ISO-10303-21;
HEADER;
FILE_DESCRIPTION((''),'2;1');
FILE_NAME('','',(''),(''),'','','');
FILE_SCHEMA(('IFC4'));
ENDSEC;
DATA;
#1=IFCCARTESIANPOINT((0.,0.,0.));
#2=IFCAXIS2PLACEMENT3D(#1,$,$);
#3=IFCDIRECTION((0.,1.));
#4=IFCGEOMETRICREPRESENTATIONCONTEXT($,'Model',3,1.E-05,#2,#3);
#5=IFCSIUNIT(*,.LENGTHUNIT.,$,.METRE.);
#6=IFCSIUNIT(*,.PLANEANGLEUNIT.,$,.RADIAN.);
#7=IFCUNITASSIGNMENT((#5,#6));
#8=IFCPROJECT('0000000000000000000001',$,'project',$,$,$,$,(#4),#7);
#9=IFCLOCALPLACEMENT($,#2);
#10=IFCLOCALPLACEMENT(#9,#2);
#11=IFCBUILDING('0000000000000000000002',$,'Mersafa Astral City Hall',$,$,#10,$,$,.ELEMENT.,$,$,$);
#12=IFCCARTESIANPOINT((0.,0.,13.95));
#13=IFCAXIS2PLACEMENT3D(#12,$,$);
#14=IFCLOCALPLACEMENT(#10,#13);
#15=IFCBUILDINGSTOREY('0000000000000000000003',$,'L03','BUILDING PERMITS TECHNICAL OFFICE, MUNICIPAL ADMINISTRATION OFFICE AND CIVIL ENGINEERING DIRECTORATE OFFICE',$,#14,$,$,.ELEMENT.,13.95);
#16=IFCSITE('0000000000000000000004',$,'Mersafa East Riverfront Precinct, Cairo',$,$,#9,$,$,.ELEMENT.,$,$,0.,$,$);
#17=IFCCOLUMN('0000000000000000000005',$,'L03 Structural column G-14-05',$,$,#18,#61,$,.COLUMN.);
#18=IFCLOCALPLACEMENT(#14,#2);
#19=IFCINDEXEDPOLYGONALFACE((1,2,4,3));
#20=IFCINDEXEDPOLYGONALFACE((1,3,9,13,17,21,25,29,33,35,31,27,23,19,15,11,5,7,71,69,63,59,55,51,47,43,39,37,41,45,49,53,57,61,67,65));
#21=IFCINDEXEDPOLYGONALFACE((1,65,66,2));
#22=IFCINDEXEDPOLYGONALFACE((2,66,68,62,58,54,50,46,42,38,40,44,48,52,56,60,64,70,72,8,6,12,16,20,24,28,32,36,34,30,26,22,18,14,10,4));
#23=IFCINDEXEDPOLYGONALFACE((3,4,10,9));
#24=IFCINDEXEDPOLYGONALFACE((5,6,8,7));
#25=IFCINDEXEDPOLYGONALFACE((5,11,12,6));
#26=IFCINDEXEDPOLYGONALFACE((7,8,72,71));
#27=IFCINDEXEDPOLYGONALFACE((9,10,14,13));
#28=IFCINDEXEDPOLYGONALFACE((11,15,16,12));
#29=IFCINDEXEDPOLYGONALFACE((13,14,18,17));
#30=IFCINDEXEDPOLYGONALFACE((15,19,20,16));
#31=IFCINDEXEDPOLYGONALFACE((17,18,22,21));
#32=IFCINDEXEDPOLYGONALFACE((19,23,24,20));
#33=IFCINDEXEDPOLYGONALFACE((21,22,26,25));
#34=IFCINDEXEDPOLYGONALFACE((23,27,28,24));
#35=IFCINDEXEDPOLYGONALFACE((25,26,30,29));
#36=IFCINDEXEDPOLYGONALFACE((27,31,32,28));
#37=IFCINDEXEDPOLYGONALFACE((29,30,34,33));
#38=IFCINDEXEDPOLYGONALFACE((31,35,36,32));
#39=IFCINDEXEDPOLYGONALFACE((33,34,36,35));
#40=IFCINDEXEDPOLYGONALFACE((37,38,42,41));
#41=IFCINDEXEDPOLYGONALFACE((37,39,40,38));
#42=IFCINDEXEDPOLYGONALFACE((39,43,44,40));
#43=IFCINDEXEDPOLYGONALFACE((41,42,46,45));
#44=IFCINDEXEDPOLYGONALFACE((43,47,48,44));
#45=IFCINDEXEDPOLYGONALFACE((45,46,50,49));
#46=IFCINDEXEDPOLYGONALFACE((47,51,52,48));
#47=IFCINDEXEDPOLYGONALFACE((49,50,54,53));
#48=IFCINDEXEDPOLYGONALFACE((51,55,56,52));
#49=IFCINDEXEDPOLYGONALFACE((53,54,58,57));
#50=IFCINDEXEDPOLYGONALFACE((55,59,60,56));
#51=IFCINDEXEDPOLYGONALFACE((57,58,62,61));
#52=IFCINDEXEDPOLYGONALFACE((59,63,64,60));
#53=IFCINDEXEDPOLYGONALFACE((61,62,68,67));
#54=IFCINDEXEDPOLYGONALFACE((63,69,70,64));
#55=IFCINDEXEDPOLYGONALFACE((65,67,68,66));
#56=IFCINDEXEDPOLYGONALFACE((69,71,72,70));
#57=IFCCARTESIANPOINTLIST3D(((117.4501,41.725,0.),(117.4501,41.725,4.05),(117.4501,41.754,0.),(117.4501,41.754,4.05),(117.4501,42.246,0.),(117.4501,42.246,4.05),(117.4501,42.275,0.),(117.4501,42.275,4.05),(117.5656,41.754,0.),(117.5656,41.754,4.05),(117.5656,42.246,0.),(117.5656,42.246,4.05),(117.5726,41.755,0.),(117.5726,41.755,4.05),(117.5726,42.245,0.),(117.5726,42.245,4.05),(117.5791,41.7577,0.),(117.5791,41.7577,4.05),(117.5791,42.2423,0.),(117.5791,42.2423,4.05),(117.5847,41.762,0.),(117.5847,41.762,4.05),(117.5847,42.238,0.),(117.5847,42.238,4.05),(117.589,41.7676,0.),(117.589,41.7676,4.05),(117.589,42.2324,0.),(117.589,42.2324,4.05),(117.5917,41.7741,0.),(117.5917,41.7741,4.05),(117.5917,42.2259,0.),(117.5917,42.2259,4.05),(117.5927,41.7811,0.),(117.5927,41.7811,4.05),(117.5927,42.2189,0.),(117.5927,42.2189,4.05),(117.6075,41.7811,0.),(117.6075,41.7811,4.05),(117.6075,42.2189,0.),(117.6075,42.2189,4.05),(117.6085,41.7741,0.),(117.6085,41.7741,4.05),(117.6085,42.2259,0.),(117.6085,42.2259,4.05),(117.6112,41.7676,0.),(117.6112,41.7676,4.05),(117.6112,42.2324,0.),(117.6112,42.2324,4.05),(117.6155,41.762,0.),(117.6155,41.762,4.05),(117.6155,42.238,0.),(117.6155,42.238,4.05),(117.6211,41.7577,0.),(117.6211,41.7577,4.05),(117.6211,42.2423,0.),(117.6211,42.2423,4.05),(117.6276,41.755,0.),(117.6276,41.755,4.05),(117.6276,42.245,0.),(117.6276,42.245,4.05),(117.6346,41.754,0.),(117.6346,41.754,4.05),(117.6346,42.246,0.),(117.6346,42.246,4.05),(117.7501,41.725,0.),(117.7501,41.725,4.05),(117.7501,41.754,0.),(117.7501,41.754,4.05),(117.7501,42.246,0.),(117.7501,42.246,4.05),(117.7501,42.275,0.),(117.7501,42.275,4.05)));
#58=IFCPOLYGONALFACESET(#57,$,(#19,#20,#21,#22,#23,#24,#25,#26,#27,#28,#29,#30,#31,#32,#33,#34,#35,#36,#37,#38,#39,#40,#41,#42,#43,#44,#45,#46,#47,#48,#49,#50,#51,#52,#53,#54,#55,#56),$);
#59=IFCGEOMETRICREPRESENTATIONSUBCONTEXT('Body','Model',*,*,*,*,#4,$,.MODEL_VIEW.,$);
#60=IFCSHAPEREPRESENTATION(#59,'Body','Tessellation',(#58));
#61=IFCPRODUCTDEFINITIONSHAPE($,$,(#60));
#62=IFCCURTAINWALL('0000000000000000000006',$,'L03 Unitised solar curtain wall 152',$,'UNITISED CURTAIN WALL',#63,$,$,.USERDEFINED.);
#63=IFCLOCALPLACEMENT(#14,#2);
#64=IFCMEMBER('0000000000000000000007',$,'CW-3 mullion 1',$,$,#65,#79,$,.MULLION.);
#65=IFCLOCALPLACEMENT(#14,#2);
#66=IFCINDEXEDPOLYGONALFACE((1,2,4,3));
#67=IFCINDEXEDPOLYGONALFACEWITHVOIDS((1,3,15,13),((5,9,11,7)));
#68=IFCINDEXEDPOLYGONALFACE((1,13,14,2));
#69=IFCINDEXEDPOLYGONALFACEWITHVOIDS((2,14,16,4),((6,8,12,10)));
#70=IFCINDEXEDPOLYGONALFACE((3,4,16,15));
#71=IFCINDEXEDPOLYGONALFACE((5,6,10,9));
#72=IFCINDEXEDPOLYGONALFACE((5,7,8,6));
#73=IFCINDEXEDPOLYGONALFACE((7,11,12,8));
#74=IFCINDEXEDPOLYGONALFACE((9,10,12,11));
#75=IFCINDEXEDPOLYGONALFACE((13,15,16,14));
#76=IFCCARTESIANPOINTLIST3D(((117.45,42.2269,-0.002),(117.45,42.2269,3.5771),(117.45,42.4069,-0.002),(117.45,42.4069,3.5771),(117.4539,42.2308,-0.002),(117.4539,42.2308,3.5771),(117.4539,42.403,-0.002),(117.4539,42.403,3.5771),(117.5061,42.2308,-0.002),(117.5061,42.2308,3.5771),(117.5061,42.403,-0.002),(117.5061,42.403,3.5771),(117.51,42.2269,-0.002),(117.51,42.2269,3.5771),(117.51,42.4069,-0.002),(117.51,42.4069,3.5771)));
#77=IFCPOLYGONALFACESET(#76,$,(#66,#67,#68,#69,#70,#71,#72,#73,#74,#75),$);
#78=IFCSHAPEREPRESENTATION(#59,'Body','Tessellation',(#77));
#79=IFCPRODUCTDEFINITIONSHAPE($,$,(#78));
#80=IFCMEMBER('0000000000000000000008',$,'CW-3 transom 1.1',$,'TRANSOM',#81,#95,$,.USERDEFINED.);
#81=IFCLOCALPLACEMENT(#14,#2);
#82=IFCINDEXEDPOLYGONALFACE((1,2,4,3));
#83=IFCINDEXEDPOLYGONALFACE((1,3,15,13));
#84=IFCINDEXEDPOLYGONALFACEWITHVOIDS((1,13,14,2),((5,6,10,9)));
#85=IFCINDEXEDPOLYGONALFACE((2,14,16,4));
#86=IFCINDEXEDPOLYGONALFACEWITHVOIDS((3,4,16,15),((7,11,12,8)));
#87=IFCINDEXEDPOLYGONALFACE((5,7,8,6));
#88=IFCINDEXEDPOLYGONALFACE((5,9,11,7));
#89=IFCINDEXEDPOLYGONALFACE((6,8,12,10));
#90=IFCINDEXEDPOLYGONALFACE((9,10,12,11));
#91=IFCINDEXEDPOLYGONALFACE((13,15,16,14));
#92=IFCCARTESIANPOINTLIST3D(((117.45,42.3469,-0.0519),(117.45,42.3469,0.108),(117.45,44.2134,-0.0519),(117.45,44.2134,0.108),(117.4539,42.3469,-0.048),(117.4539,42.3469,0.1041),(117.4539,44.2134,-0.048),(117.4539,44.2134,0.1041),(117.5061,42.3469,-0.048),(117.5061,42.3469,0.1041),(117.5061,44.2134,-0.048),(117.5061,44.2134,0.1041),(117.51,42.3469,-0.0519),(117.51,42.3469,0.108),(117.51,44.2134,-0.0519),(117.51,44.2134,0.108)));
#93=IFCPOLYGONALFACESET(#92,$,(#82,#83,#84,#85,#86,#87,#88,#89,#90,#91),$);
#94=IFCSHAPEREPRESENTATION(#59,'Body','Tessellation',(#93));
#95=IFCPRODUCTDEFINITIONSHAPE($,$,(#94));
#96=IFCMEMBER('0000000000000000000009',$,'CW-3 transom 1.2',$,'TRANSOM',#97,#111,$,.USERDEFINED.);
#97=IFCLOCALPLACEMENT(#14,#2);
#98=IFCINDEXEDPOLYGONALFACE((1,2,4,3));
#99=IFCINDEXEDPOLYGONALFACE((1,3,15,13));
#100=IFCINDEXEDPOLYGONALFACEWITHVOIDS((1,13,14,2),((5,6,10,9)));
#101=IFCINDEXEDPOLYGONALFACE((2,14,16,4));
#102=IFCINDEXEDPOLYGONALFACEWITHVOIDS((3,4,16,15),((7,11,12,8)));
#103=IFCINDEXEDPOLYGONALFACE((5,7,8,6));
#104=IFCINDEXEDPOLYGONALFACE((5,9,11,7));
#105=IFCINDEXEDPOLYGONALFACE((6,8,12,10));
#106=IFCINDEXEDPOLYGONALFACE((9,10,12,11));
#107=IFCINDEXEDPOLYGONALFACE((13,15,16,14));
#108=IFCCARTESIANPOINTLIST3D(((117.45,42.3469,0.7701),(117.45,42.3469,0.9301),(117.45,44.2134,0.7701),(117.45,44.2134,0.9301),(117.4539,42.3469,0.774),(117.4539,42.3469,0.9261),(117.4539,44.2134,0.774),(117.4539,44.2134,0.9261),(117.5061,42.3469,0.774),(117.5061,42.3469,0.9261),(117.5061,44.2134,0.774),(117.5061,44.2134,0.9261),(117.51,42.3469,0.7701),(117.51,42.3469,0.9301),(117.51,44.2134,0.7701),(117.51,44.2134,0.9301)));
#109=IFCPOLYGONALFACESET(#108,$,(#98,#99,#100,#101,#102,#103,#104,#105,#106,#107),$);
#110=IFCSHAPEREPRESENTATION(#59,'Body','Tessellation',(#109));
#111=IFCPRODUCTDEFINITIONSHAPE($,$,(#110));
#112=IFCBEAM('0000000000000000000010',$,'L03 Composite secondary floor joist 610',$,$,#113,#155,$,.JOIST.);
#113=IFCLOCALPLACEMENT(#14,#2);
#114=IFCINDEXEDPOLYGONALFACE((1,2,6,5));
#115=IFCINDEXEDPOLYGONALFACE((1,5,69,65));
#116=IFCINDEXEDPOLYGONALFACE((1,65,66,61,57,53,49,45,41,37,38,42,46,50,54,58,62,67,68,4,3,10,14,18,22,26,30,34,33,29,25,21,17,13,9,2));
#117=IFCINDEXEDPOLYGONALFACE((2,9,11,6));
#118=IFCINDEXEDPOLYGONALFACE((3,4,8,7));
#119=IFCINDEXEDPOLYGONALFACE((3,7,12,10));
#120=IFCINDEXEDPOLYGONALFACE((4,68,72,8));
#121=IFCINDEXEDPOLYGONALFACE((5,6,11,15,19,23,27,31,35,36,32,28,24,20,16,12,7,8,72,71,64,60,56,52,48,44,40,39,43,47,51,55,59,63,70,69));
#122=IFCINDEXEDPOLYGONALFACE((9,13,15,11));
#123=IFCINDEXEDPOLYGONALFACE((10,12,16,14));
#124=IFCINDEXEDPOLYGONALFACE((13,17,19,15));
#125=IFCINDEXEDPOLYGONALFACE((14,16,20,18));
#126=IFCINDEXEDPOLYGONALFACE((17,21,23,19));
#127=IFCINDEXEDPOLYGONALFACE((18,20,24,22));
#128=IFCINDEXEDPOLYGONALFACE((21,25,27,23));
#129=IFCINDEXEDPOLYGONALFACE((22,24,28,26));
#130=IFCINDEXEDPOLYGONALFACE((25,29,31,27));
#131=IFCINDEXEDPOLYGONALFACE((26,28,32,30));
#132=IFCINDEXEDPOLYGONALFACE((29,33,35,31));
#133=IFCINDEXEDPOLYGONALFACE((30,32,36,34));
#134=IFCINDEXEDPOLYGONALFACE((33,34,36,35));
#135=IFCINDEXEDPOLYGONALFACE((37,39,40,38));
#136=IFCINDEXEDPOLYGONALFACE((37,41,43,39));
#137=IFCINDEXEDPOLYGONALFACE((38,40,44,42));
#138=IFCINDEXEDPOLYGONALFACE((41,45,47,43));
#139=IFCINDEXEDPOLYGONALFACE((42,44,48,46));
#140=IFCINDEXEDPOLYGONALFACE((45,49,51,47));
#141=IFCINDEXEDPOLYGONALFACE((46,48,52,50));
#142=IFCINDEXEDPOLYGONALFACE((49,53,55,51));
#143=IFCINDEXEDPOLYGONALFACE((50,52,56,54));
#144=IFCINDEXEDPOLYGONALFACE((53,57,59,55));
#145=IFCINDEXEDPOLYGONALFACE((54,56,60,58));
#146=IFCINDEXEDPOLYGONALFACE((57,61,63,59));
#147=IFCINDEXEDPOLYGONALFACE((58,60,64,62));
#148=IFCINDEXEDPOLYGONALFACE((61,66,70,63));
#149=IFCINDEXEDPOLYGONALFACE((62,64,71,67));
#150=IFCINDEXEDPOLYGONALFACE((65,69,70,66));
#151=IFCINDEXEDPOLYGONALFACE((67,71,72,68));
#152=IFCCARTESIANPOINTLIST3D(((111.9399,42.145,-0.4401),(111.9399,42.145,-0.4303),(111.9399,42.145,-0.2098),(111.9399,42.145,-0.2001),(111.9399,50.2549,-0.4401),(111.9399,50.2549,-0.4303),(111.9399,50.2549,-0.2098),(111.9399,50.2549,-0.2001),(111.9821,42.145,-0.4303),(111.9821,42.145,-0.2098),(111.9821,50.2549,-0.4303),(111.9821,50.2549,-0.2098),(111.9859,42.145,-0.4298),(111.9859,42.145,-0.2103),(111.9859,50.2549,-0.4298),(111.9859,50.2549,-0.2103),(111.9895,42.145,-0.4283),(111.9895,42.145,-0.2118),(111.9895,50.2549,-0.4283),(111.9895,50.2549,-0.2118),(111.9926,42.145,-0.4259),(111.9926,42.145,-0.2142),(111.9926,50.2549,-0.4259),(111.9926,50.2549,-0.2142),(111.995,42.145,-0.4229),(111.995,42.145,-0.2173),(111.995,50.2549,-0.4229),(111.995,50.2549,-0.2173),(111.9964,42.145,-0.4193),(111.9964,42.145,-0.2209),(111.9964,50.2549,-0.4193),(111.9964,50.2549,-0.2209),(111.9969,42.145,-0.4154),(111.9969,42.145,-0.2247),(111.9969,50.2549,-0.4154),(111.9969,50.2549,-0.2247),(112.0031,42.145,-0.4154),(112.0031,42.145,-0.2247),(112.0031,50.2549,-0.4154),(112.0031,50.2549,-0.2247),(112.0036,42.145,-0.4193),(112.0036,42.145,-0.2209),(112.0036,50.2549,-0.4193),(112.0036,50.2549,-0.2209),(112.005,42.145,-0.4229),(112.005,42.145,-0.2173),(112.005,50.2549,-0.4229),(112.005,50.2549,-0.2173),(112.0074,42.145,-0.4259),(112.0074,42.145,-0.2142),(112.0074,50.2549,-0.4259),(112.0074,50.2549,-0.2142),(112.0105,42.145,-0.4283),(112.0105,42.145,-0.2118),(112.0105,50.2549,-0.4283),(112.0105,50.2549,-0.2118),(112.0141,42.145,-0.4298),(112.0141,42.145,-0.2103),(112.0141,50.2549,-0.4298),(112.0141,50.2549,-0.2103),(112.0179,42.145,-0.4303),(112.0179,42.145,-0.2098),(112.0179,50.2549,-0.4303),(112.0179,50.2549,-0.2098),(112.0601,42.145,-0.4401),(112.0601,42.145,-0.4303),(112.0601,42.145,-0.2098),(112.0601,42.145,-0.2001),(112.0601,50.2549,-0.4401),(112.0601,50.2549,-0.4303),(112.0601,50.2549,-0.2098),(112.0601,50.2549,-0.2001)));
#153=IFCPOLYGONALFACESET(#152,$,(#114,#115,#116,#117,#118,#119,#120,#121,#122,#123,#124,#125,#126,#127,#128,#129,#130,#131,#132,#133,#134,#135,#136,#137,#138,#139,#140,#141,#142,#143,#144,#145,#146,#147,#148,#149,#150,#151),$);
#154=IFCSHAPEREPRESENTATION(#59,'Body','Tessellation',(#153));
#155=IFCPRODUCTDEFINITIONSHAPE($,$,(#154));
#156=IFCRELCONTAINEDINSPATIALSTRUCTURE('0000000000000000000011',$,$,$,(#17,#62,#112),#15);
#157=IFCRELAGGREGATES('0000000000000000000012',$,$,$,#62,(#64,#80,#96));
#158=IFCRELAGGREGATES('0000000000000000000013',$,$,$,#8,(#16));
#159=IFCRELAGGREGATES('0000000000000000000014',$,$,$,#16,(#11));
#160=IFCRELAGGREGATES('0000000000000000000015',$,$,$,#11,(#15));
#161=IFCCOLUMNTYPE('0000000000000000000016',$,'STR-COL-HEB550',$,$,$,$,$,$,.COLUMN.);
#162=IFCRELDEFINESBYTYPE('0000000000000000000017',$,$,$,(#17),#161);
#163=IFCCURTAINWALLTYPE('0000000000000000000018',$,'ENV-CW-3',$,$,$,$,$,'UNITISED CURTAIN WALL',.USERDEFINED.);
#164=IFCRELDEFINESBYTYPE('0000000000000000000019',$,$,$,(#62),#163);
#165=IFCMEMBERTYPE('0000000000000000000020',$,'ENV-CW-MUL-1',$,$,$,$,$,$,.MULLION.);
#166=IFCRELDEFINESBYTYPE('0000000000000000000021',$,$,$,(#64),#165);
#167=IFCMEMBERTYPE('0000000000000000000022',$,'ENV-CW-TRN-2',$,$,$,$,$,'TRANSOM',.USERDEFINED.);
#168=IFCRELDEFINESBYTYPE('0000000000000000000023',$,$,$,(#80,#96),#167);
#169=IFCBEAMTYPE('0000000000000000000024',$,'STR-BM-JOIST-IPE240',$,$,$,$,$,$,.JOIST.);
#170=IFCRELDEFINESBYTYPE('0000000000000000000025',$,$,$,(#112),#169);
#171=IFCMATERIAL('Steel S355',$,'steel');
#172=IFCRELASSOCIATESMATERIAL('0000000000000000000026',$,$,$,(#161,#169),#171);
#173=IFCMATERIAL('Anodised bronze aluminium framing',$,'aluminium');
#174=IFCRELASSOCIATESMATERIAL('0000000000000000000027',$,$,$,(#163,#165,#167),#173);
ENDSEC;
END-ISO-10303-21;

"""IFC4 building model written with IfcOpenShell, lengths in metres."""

from ifc_helpers import new_model, si_unit, direction, frame, origin, origin_2d, place, context, subcontext, project, spatial, hollow_rectangle, i_section, extrude, material, material_profile, profile_set, type_object, element, aggregate, save


model = new_model("IFC4")

# Units and contexts
model_context = context("Model", 3, precision=1e-05, world=origin(), true_north=direction((0.0, 1.0)))
body_context = subcontext(model_context, "Body", "Model", "MODEL_VIEW")
ifc_project = project(units=[si_unit("LENGTHUNIT", "METRE"), si_unit("PLANEANGLEUNIT", "RADIAN")], contexts=[model_context])

# Site, building, storey
site_placement = place(None, origin())
site = spatial("IfcSite", under=ifc_project, at=site_placement, Name="Mersafa East Riverfront Precinct, Cairo", CompositionType="ELEMENT", RefElevation=0.0)
building_placement = place(site_placement, origin())
building = spatial("IfcBuilding", under=site, at=building_placement, Name="Mersafa Astral City Hall", CompositionType="ELEMENT")
storey_placement = place(building_placement, frame((0.0, 0.0, 13.95)))
storey = spatial("IfcBuildingStorey", under=building, at=storey_placement, Name="L03", Description="BUILDING PERMITS TECHNICAL OFFICE, MUNICIPAL ADMINISTRATION OFFICE AND CIVIL ENGINEERING DIRECTORATE OFFICE", CompositionType="ELEMENT", Elevation=13.95)

# Column
ifc_material_1 = material(Name="Steel S355", Category="steel")
ifc_material_profile_1 = material_profile(ifc_material_1, i_section(OverallWidth=0.3, OverallDepth=0.55, WebThickness=0.0149, FlangeThickness=0.0291, FilletRadius=0.0271, at=origin_2d()), Name="HEB 550")
ifc_profile_set_1 = profile_set([ifc_material_profile_1], Name="Steel S355")
column_type = type_object("IfcColumnType", Name="STR-COL-HEB550", PredefinedType="COLUMN", material=ifc_profile_set_1)
column_placement = place(storey_placement, frame((117.6001, 42.0, 0.0), z_axis=(0.0, 0.0, 1.0), x_axis=(1.0, 0.0, 0.0)))
element("IfcColumn", 1, at=column_placement, inside=storey, type_object=column_type, Name="L03 Structural column G-14-05", PredefinedType="COLUMN", context=body_context, shape_type="SweptSolid", body=[
    extrude(i_section(OverallWidth=0.3, OverallDepth=0.55, WebThickness=0.0149, FlangeThickness=0.0291, FilletRadius=0.0271, at=origin_2d()), origin(), (0.0, 0.0, 1.0), 4.05),
])

# Curtain wall, members
ifc_material_2 = material(Name="Anodised bronze aluminium framing", Category="aluminium")
curtain_wall_type = type_object("IfcCurtainWallType", Name="ENV-CW-3", ElementType="UNITISED CURTAIN WALL", PredefinedType="USERDEFINED", material=ifc_material_2)
curtain_wall_placement = place(storey_placement, origin())
curtain_wall = element("IfcCurtainWall", 2, at=curtain_wall_placement, inside=storey, type_object=curtain_wall_type, Name="L03 Unitised solar curtain wall 152", ObjectType="UNITISED CURTAIN WALL", PredefinedType="USERDEFINED")
ifc_material_profile_2 = material_profile(ifc_material_2, hollow_rectangle(XDim=0.0601, YDim=0.1799, WallThickness=0.0039, at=origin_2d()), Name="RHS 60x180x4")
ifc_profile_set_2 = profile_set([ifc_material_profile_2], Name="Anodised bronze aluminium framing")
member_type_1 = type_object("IfcMemberType", Name="ENV-CW-MUL-1", PredefinedType="MULLION", material=ifc_profile_set_2)
member_1_placement = place(storey_placement, frame((117.48, 42.3169, -0.002), z_axis=(0.0, 0.0, 1.0), x_axis=(-1.0, 0.0, 0.0)))
member_1 = element("IfcMember", 3, at=member_1_placement, type_object=member_type_1, Name="CW-3 mullion 1", PredefinedType="MULLION", context=body_context, shape_type="SweptSolid", body=[
    extrude(hollow_rectangle(XDim=0.0601, YDim=0.1799, WallThickness=0.0039, at=origin_2d()), origin(), (0.0, 0.0, 1.0), 3.5791),
])
ifc_material_profile_3 = material_profile(ifc_material_2, hollow_rectangle(XDim=0.0601, YDim=0.1599, WallThickness=0.0039, at=origin_2d()), Name="RHS 60x160x4")
ifc_profile_set_3 = profile_set([ifc_material_profile_3], Name="Anodised bronze aluminium framing")
member_type_2 = type_object("IfcMemberType", Name="ENV-CW-TRN-2", ElementType="TRANSOM", PredefinedType="USERDEFINED", material=ifc_profile_set_3)
member_2_placement = place(storey_placement, frame((117.48, 42.3469, 0.0281), z_axis=(0.0, 1.0, 0.0), x_axis=(-1.0, 0.0, 0.0)))
member_2 = element("IfcMember", 4, at=member_2_placement, type_object=member_type_2, Name="CW-3 transom 1.1", ObjectType="TRANSOM", PredefinedType="USERDEFINED", context=body_context, shape_type="SweptSolid", body=[
    extrude(hollow_rectangle(XDim=0.0601, YDim=0.1599, WallThickness=0.0039, at=origin_2d()), origin(), (0.0, 0.0, 1.0), 1.8665),
])
member_3_placement = place(storey_placement, frame((117.48, 42.3469, 0.8501), z_axis=(0.0, 1.0, 0.0), x_axis=(-1.0, 0.0, 0.0)))
member_3 = element("IfcMember", 5, at=member_3_placement, type_object=member_type_2, Name="CW-3 transom 1.2", ObjectType="TRANSOM", PredefinedType="USERDEFINED", context=body_context, shape_type="SweptSolid", body=[
    extrude(hollow_rectangle(XDim=0.0601, YDim=0.1599, WallThickness=0.0039, at=origin_2d()), origin(), (0.0, 0.0, 1.0), 1.8665),
])
aggregate(curtain_wall, [member_1, member_2, member_3])

# Beam
ifc_material_profile_4 = material_profile(ifc_material_1, i_section(OverallWidth=0.1201, OverallDepth=0.24, WebThickness=0.0061, FlangeThickness=0.0098, FilletRadius=0.0149, at=origin_2d()), Name="IPE 240")
ifc_profile_set_4 = profile_set([ifc_material_profile_4], Name="Steel S355")
beam_type_1 = type_object("IfcBeamType", Name="STR-BM-JOIST-IPE240", PredefinedType="JOIST", material=ifc_profile_set_4)
for number, where, z_axis, x_axis, name in (
    (6, (112.0, 42.145, -0.3201), (0.0, 1.0, 0.0), (-1.0, 0.0, 0.0), "L03 Composite secondary floor joist 610"),
):
    element("IfcBeam", number, at=place(storey_placement, frame(where, z_axis=z_axis, x_axis=x_axis)), inside=storey, type_object=beam_type_1, Name=name, PredefinedType="JOIST", context=body_context, shape_type="SweptSolid", body=[
        extrude(i_section(OverallWidth=0.1201, OverallDepth=0.24, WebThickness=0.0061, FlangeThickness=0.0098, FilletRadius=0.0149, at=origin_2d()), origin(), (0.0, 0.0, 1.0), 8.1099),
    ])

save(model, "model.ifc")
